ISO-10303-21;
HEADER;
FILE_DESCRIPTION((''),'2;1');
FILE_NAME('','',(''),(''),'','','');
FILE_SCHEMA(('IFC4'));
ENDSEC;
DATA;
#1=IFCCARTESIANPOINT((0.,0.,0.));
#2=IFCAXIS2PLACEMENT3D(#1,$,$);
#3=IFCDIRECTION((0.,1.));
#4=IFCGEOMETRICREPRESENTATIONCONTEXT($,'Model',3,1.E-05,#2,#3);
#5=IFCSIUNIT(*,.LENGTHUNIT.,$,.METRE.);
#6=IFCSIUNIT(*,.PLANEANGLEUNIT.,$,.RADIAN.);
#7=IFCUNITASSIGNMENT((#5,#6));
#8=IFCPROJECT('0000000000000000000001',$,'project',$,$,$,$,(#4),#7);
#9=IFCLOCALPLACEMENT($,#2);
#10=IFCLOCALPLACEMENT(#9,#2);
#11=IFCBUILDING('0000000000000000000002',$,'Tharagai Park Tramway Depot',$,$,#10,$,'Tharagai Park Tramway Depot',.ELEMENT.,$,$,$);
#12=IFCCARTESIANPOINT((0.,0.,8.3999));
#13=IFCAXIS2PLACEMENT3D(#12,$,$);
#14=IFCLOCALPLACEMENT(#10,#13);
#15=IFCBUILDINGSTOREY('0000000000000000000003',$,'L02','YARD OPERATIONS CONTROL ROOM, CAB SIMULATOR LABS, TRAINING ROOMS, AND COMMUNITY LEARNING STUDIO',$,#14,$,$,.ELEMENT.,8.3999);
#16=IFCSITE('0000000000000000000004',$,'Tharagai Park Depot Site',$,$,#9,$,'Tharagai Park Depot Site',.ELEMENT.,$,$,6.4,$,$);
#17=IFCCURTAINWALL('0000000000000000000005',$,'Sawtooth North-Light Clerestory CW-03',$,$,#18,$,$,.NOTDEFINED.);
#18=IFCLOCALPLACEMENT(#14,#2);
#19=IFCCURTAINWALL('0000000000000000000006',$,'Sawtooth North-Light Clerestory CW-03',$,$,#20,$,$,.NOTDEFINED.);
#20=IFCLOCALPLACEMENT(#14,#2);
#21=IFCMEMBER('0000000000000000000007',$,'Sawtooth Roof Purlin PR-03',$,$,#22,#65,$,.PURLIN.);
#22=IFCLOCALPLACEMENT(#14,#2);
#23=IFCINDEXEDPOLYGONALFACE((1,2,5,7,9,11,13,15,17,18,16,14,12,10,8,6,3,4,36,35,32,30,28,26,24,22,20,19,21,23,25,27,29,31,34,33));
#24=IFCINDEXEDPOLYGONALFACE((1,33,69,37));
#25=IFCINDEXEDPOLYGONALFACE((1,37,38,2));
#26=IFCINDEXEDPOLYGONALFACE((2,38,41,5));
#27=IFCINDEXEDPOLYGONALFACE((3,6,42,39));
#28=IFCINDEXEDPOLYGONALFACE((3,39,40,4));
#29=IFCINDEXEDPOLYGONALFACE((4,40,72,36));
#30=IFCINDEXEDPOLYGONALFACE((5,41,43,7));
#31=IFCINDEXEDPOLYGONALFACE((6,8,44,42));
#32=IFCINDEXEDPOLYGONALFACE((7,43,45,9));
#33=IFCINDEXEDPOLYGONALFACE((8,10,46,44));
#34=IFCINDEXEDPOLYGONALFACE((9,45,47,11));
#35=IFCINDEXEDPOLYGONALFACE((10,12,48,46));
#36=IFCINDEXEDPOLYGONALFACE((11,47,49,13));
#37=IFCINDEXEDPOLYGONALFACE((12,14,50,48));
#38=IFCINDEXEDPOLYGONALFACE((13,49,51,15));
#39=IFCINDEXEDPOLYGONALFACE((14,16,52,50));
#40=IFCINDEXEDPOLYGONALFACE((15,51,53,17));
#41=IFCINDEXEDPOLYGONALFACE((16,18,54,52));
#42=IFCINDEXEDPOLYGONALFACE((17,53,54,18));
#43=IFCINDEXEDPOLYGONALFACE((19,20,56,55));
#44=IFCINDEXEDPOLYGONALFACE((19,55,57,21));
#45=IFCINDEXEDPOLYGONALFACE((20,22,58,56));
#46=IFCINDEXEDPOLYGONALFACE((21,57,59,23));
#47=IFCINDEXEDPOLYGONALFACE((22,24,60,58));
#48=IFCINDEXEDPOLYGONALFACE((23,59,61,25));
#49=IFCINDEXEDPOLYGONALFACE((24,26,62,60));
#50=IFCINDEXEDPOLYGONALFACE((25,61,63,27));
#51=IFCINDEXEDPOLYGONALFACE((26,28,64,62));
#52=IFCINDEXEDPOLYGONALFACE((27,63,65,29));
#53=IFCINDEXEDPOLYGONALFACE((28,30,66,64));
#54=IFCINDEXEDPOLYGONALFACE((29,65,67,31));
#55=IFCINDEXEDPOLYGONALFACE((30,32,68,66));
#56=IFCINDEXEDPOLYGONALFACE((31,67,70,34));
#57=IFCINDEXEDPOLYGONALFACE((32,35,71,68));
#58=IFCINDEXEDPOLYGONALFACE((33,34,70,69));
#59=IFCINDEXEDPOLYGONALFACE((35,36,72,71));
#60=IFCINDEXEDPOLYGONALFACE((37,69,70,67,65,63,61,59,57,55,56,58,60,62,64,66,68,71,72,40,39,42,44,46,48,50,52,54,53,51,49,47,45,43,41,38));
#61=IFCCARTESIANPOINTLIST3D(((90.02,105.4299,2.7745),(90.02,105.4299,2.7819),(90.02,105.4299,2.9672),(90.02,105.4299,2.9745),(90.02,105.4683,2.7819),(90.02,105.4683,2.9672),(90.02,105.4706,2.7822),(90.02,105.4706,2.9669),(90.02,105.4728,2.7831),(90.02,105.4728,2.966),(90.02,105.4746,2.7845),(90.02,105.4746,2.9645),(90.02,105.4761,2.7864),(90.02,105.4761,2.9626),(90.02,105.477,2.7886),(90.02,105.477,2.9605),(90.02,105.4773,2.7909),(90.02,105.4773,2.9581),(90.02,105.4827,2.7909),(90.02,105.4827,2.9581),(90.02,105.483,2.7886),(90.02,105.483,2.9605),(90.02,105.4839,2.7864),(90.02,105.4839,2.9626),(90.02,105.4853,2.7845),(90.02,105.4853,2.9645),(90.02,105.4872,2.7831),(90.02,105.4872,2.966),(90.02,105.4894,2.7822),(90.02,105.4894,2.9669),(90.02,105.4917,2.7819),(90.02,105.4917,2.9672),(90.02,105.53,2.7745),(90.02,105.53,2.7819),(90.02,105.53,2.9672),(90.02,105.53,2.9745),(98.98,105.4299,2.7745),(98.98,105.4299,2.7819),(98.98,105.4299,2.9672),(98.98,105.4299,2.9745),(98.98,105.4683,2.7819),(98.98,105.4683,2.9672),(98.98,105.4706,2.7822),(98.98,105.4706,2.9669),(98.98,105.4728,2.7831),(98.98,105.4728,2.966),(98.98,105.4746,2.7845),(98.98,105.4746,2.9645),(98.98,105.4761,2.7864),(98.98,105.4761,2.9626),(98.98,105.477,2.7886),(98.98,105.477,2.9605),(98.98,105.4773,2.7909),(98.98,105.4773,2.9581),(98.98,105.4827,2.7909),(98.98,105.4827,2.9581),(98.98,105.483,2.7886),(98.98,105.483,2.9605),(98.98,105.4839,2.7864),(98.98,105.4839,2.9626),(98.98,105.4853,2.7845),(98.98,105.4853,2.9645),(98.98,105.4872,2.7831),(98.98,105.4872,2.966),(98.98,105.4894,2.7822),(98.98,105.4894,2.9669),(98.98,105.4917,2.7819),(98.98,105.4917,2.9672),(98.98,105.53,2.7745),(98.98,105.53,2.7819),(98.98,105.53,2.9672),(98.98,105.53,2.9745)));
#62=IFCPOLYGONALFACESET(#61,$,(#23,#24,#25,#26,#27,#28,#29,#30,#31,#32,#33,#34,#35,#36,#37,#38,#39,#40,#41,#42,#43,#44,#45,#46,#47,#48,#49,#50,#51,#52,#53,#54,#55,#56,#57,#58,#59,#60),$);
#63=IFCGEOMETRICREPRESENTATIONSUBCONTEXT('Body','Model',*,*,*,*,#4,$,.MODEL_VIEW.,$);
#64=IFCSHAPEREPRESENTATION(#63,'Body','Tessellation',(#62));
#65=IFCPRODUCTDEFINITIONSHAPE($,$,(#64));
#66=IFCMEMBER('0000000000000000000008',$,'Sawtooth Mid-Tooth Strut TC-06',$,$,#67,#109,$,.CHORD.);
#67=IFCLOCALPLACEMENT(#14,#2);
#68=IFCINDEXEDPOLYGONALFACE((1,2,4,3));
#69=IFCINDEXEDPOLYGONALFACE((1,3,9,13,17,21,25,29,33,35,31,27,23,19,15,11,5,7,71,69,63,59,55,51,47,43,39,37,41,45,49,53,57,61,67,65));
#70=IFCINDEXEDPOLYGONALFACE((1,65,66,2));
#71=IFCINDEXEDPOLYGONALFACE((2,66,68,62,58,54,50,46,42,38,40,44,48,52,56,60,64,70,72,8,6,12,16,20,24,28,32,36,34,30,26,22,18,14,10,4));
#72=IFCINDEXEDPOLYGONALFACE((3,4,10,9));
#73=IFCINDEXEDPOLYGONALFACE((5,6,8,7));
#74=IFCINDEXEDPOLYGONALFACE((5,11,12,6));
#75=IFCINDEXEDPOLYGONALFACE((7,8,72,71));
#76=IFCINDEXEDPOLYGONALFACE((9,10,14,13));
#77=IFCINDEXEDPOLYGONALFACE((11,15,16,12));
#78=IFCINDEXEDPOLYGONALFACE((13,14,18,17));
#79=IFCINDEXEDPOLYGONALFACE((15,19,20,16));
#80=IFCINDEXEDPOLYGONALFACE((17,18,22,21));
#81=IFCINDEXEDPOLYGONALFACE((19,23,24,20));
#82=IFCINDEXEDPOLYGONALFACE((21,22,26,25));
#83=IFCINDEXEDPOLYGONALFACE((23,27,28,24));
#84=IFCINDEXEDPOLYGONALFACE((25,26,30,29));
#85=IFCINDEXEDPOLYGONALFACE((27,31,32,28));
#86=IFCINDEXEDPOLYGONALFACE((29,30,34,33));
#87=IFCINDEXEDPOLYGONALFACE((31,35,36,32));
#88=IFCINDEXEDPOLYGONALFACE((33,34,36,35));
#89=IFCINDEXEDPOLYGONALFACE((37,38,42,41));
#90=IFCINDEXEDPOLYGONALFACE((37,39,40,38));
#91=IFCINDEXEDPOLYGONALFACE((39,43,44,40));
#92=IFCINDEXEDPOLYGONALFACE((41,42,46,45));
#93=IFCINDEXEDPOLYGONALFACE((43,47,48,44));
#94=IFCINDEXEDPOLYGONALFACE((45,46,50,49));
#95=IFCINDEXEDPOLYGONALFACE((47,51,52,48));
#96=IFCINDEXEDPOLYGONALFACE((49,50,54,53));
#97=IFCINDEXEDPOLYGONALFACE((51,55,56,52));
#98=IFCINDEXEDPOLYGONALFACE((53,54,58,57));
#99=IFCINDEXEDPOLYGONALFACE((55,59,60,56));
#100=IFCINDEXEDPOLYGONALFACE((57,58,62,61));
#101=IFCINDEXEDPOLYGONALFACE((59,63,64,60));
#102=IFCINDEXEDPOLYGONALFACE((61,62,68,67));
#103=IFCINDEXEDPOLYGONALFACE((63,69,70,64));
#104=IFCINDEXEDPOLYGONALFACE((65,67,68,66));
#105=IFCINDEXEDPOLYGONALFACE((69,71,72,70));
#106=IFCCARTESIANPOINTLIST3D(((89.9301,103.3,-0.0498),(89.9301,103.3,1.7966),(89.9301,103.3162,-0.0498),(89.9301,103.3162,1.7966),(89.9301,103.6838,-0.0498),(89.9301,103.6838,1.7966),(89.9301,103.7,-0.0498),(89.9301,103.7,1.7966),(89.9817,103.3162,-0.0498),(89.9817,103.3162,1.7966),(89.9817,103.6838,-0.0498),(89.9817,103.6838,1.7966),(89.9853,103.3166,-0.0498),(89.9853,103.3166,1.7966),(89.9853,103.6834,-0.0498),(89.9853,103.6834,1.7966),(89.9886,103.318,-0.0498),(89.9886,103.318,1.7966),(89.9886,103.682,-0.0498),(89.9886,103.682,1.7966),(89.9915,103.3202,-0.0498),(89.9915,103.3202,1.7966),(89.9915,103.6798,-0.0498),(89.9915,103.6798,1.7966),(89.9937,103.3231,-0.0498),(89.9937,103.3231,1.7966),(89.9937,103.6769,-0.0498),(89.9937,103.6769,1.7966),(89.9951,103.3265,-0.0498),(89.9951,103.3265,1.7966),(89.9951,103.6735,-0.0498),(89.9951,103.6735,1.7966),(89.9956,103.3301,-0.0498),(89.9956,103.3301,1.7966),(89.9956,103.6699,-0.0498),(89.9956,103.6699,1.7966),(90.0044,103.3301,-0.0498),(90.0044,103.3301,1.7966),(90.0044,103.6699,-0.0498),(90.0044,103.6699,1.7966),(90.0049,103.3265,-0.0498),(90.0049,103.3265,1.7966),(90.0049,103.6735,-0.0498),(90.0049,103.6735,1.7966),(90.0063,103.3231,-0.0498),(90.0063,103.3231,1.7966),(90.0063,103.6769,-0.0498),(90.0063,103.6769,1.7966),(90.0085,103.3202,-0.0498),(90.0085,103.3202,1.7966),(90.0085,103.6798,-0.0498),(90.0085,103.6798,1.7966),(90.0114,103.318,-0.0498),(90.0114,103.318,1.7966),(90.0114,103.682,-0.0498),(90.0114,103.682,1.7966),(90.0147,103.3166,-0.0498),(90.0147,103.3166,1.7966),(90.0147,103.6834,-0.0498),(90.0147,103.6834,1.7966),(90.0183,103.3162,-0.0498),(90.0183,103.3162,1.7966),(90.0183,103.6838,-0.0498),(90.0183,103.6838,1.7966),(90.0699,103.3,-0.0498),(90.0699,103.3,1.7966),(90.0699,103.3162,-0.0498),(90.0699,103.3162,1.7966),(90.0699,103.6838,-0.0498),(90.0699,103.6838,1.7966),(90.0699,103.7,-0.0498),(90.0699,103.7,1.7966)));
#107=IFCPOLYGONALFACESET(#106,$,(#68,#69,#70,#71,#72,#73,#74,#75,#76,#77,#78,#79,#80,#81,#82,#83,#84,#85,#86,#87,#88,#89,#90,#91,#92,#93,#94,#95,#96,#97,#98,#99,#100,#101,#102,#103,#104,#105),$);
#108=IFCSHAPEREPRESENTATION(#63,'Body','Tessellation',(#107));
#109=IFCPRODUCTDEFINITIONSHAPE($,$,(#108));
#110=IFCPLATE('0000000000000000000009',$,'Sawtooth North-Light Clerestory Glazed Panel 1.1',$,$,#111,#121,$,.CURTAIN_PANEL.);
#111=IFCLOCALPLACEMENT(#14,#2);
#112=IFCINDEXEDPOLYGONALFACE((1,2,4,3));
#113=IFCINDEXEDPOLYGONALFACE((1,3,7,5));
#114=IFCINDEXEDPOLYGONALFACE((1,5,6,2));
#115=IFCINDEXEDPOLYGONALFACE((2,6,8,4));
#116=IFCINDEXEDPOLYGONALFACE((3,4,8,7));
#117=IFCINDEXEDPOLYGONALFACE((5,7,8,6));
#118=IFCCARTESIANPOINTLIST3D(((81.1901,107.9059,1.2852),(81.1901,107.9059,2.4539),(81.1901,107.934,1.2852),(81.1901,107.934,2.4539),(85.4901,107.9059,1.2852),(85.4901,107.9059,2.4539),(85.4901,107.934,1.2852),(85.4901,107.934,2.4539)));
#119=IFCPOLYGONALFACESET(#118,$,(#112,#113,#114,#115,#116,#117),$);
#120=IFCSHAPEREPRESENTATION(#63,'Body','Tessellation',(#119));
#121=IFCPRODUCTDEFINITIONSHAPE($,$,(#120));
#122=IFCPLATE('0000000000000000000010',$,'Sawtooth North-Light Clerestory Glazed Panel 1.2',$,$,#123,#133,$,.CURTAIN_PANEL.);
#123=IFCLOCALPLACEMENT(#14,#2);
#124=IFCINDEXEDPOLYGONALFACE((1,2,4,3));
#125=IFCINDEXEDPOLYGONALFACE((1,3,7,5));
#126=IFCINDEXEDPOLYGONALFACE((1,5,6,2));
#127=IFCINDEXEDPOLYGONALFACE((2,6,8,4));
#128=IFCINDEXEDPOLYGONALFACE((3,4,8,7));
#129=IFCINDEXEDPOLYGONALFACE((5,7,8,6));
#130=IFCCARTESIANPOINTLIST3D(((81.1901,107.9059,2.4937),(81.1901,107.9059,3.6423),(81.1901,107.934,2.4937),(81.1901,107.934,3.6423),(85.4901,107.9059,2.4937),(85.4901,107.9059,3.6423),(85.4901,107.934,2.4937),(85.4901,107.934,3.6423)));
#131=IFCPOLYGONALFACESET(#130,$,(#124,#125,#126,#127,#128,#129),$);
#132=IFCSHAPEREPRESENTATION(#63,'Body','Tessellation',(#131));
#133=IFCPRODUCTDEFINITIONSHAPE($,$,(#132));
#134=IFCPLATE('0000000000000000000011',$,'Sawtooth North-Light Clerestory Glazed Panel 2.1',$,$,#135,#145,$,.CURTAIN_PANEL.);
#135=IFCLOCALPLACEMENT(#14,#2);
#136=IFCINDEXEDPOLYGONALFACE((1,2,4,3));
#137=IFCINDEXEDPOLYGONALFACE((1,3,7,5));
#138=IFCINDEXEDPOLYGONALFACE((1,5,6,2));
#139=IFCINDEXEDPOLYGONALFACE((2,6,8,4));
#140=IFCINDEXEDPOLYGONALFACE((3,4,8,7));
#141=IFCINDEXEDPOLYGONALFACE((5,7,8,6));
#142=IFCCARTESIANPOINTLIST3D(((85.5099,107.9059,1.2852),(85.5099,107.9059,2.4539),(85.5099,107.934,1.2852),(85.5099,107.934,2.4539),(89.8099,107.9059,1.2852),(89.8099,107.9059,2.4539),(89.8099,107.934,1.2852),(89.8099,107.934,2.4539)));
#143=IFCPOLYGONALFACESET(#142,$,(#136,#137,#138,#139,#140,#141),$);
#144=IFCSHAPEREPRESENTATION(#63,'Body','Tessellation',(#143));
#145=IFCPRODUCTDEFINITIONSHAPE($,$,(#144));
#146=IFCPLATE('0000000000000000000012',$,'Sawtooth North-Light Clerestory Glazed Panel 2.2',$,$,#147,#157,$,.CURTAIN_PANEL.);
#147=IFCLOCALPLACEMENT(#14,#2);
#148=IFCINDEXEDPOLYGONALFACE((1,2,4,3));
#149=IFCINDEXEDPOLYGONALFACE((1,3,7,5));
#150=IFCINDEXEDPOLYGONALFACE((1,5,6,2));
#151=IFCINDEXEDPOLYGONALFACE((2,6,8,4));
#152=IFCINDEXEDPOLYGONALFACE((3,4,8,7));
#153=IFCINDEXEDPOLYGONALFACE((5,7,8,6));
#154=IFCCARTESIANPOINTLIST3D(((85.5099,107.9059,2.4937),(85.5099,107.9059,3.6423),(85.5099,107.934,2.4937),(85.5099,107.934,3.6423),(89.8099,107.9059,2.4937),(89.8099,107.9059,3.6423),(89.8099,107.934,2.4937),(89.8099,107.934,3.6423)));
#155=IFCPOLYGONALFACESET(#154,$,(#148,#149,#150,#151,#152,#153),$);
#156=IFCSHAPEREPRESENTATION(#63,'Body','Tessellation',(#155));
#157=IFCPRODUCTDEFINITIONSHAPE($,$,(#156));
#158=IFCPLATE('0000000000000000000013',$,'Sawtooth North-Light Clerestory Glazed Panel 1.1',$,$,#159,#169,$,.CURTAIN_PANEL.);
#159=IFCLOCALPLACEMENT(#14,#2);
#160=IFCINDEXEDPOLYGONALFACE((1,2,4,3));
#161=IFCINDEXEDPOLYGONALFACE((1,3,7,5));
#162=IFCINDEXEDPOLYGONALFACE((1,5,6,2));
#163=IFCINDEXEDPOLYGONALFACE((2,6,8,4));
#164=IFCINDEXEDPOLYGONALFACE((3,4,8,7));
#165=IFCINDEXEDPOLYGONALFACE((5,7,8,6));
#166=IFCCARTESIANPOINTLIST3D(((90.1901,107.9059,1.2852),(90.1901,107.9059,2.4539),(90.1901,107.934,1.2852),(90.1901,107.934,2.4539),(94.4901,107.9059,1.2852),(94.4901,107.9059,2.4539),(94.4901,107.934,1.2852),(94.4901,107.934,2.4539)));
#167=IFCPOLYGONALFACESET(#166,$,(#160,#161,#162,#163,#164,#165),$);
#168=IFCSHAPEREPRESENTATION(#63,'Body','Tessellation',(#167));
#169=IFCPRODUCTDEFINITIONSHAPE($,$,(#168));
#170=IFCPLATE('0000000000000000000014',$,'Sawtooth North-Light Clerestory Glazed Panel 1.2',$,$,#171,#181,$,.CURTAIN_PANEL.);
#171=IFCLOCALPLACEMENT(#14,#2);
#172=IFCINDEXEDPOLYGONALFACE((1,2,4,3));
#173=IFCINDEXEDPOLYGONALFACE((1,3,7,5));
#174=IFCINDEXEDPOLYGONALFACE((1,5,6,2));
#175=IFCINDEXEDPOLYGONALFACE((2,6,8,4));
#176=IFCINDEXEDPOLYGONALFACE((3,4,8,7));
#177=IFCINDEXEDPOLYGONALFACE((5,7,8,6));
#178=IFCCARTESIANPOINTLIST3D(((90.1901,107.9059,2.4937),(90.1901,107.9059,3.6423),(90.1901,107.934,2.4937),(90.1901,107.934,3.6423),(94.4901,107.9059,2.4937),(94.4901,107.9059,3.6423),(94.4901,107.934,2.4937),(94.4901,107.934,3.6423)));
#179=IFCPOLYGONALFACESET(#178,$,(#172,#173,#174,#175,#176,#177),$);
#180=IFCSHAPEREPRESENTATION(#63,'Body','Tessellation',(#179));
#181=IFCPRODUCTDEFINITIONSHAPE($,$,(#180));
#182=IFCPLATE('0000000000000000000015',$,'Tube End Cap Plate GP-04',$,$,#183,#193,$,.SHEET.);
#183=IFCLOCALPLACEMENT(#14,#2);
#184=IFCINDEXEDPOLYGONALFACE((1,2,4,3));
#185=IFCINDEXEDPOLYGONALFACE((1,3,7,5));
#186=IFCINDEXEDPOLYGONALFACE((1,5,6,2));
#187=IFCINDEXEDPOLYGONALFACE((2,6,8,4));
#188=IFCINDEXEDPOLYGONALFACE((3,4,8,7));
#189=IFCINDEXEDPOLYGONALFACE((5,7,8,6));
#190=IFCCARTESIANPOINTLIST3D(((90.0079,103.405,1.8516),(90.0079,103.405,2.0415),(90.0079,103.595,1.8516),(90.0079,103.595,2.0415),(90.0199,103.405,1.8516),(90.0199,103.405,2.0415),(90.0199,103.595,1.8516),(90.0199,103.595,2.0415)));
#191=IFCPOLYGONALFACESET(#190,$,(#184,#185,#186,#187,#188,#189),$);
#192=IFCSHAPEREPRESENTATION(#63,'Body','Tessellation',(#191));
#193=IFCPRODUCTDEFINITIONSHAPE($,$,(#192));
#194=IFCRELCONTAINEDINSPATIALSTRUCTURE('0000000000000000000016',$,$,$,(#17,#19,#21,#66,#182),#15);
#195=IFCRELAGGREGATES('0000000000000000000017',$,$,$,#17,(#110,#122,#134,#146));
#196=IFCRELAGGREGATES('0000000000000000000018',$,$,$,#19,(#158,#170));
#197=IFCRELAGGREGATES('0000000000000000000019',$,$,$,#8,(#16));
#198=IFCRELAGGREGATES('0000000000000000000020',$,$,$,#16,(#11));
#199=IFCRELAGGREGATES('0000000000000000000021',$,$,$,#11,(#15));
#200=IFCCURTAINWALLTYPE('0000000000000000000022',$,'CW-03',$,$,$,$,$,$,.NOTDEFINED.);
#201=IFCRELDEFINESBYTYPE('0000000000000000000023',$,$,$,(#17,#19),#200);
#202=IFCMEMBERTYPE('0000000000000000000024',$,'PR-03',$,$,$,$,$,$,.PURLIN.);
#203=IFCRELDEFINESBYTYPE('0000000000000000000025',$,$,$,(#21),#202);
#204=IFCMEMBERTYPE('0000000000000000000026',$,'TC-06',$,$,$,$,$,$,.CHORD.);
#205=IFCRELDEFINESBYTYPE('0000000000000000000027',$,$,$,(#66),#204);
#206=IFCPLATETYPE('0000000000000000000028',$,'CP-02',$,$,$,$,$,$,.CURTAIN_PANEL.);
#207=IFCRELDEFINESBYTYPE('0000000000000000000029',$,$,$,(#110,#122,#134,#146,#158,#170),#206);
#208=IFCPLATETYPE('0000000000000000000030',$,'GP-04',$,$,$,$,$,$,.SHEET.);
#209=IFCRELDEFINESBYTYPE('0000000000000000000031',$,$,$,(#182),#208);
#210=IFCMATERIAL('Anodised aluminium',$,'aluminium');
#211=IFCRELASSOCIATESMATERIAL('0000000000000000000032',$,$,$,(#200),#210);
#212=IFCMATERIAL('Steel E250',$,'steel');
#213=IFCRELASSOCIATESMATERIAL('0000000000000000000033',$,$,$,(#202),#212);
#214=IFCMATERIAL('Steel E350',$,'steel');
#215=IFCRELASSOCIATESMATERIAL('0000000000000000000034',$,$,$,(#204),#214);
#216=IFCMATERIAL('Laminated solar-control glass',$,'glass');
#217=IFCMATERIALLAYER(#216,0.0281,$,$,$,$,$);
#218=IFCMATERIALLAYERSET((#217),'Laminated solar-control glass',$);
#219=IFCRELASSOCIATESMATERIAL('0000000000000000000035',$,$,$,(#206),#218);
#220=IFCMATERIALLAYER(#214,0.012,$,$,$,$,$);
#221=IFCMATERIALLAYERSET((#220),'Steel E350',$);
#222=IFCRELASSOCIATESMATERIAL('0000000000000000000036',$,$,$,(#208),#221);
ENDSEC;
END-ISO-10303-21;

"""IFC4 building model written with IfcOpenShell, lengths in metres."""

from ifc_helpers import new_model, si_unit, direction, frame, origin, origin_2d, place, context, subcontext, project, spatial, rectangle, i_section, extrude, material, layer, layer_set, material_profile, profile_set, type_object, element, aggregate, save


model = new_model("IFC4")

# Units and contexts
model_context = context("Model", 3, precision=1e-05, world=origin(), true_north=direction((0.0, 1.0)))
body_context = subcontext(model_context, "Body", "Model", "MODEL_VIEW")
ifc_project = project(units=[si_unit("LENGTHUNIT", "METRE"), si_unit("PLANEANGLEUNIT", "RADIAN")], contexts=[model_context])

# Site, building, storey
site_placement = place(None, origin())
site = spatial("IfcSite", under=ifc_project, at=site_placement, Name="Tharagai Park Depot Site", LongName="Tharagai Park Depot Site", CompositionType="ELEMENT", RefElevation=6.4)
building_placement = place(site_placement, origin())
building = spatial("IfcBuilding", under=site, at=building_placement, Name="Tharagai Park Tramway Depot", LongName="Tharagai Park Tramway Depot", CompositionType="ELEMENT")
storey_placement = place(building_placement, frame((0.0, 0.0, 8.3999)))
storey = spatial("IfcBuildingStorey", under=building, at=storey_placement, Name="L02", Description="YARD OPERATIONS CONTROL ROOM, CAB SIMULATOR LABS, TRAINING ROOMS, AND COMMUNITY LEARNING STUDIO", CompositionType="ELEMENT", Elevation=8.3999)

# Shared definitions
ifc_material_1 = material(Name="Steel E350", Category="steel")

# Curtain walls
ifc_material_2 = material(Name="Anodised aluminium", Category="aluminium")
curtain_wall_type = type_object("IfcCurtainWallType", Name="CW-03", PredefinedType="NOTDEFINED", material=ifc_material_2)
curtain_wall_1_placement = place(storey_placement, origin())
curtain_wall_1 = element("IfcCurtainWall", 1, at=curtain_wall_1_placement, inside=storey, type_object=curtain_wall_type, Name="Sawtooth North-Light Clerestory CW-03", PredefinedType="NOTDEFINED")
curtain_wall_2_placement = place(storey_placement, origin())
curtain_wall_2 = element("IfcCurtainWall", 2, at=curtain_wall_2_placement, inside=storey, type_object=curtain_wall_type, Name="Sawtooth North-Light Clerestory CW-03", PredefinedType="NOTDEFINED")

# Members
ifc_material_3 = material(Name="Steel E250", Category="steel")
ifc_material_profile_1 = material_profile(ifc_material_3, i_section(OverallWidth=0.1001, OverallDepth=0.2, WebThickness=0.0054, FlangeThickness=0.0073, FilletRadius=0.009, at=origin_2d()), Name="ISLB 200")
ifc_profile_set_1 = profile_set([ifc_material_profile_1], Name="Steel E250")
member_type_1 = type_object("IfcMemberType", Name="PR-03", PredefinedType="PURLIN", material=ifc_profile_set_1)
member_1_placement = place(storey_placement, frame((90.02, 105.48, 2.8745), z_axis=(1.0, 0.0, 0.0), x_axis=(0.0, 1.0, 0.0)))
element("IfcMember", 3, at=member_1_placement, inside=storey, type_object=member_type_1, Name="Sawtooth Roof Purlin PR-03", PredefinedType="PURLIN", context=body_context, shape_type="SweptSolid", body=[
    extrude(i_section(OverallWidth=0.1001, OverallDepth=0.2, WebThickness=0.0054, FlangeThickness=0.0073, FilletRadius=0.009, at=origin_2d()), origin(), (0.0, 0.0, 1.0), 8.96),
])
ifc_material_profile_2 = material_profile(ifc_material_1, i_section(OverallWidth=0.1399, OverallDepth=0.3999, WebThickness=0.0088, FlangeThickness=0.0161, FilletRadius=0.0139, at=origin_2d()), Name="ISMB 400")
ifc_profile_set_2 = profile_set([ifc_material_profile_2], Name="Steel E350")
member_type_2 = type_object("IfcMemberType", Name="TC-06", PredefinedType="CHORD", material=ifc_profile_set_2)
member_2_placement = place(storey_placement, frame((90.0, 103.5, -0.0498), z_axis=(0.0, 0.0, 1.0), x_axis=(1.0, 0.0, 0.0)))
element("IfcMember", 4, at=member_2_placement, inside=storey, type_object=member_type_2, Name="Sawtooth Mid-Tooth Strut TC-06", PredefinedType="CHORD", context=body_context, shape_type="SweptSolid", body=[
    extrude(i_section(OverallWidth=0.1399, OverallDepth=0.3999, WebThickness=0.0088, FlangeThickness=0.0161, FilletRadius=0.0139, at=origin_2d()), origin(), (0.0, 0.0, 1.0), 1.8464),
])

# Plates
ifc_material_4 = material(Name="Laminated solar-control glass", Category="glass")
ifc_layer_1 = layer(ifc_material_4, 0.0281)
ifc_layer_set_1 = layer_set([ifc_layer_1], Name="Laminated solar-control glass")
plate_type_1 = type_object("IfcPlateType", Name="CP-02", PredefinedType="CURTAIN_PANEL", material=ifc_layer_set_1)
plate_1_placement = place(storey_placement, frame((83.3401, 107.9199, 1.2852), z_axis=(0.0, 0.0, 1.0), x_axis=(1.0, 0.0, 0.0)))
plate_1 = element("IfcPlate", 5, at=plate_1_placement, type_object=plate_type_1, Name="Sawtooth North-Light Clerestory Glazed Panel 1.1", PredefinedType="CURTAIN_PANEL", context=body_context, shape_type="SweptSolid", body=[
    extrude(rectangle(XDim=4.3, YDim=0.0281, at=origin_2d()), origin(), (0.0, 0.0, 1.0), 1.1687),
])
plate_2_placement = place(storey_placement, frame((83.3401, 107.9199, 2.4937), z_axis=(0.0, 0.0, 1.0), x_axis=(1.0, 0.0, 0.0)))
plate_2 = element("IfcPlate", 6, at=plate_2_placement, type_object=plate_type_1, Name="Sawtooth North-Light Clerestory Glazed Panel 1.2", PredefinedType="CURTAIN_PANEL", context=body_context, shape_type="SweptSolid", body=[
    extrude(rectangle(XDim=4.3, YDim=0.0281, at=origin_2d()), origin(), (0.0, 0.0, 1.0), 1.1487),
])
plate_3_placement = place(storey_placement, frame((87.6599, 107.9199, 1.2852), z_axis=(0.0, 0.0, 1.0), x_axis=(1.0, 0.0, 0.0)))
plate_3 = element("IfcPlate", 7, at=plate_3_placement, type_object=plate_type_1, Name="Sawtooth North-Light Clerestory Glazed Panel 2.1", PredefinedType="CURTAIN_PANEL", context=body_context, shape_type="SweptSolid", body=[
    extrude(rectangle(XDim=4.3, YDim=0.0281, at=origin_2d()), origin(), (0.0, 0.0, 1.0), 1.1687),
])
plate_4_placement = place(storey_placement, frame((87.6599, 107.9199, 2.4937), z_axis=(0.0, 0.0, 1.0), x_axis=(1.0, 0.0, 0.0)))
plate_4 = element("IfcPlate", 8, at=plate_4_placement, type_object=plate_type_1, Name="Sawtooth North-Light Clerestory Glazed Panel 2.2", PredefinedType="CURTAIN_PANEL", context=body_context, shape_type="SweptSolid", body=[
    extrude(rectangle(XDim=4.3, YDim=0.0281, at=origin_2d()), origin(), (0.0, 0.0, 1.0), 1.1487),
])
aggregate(curtain_wall_1, [plate_1, plate_2, plate_3, plate_4])
plate_5_placement = place(storey_placement, frame((92.3401, 107.9199, 1.2852), z_axis=(0.0, 0.0, 1.0), x_axis=(1.0, 0.0, 0.0)))
plate_5 = element("IfcPlate", 9, at=plate_5_placement, type_object=plate_type_1, Name="Sawtooth North-Light Clerestory Glazed Panel 1.1", PredefinedType="CURTAIN_PANEL", context=body_context, shape_type="SweptSolid", body=[
    extrude(rectangle(XDim=4.3, YDim=0.0281, at=origin_2d()), origin(), (0.0, 0.0, 1.0), 1.1687),
])
plate_6_placement = place(storey_placement, frame((92.3401, 107.9199, 2.4937), z_axis=(0.0, 0.0, 1.0), x_axis=(1.0, 0.0, 0.0)))
plate_6 = element("IfcPlate", 10, at=plate_6_placement, type_object=plate_type_1, Name="Sawtooth North-Light Clerestory Glazed Panel 1.2", PredefinedType="CURTAIN_PANEL", context=body_context, shape_type="SweptSolid", body=[
    extrude(rectangle(XDim=4.3, YDim=0.0281, at=origin_2d()), origin(), (0.0, 0.0, 1.0), 1.1487),
])
aggregate(curtain_wall_2, [plate_5, plate_6])
ifc_layer_2 = layer(ifc_material_1, 0.012)
ifc_layer_set_2 = layer_set([ifc_layer_2], Name="Steel E350")
plate_type_2 = type_object("IfcPlateType", Name="GP-04", PredefinedType="SHEET", material=ifc_layer_set_2)
plate_7_placement = place(storey_placement, frame((90.0139, 103.5, 1.8516), z_axis=(0.0, 0.0, 1.0), x_axis=(1.0, 0.0, 0.0)))
element("IfcPlate", 11, at=plate_7_placement, inside=storey, type_object=plate_type_2, Name="Tube End Cap Plate GP-04", PredefinedType="SHEET", context=body_context, shape_type="SweptSolid", body=[
    extrude(rectangle(XDim=0.012, YDim=0.1899, at=origin_2d()), origin(), (0.0, 0.0, 1.0), 0.1899),
])

save(model, "model.ifc")
